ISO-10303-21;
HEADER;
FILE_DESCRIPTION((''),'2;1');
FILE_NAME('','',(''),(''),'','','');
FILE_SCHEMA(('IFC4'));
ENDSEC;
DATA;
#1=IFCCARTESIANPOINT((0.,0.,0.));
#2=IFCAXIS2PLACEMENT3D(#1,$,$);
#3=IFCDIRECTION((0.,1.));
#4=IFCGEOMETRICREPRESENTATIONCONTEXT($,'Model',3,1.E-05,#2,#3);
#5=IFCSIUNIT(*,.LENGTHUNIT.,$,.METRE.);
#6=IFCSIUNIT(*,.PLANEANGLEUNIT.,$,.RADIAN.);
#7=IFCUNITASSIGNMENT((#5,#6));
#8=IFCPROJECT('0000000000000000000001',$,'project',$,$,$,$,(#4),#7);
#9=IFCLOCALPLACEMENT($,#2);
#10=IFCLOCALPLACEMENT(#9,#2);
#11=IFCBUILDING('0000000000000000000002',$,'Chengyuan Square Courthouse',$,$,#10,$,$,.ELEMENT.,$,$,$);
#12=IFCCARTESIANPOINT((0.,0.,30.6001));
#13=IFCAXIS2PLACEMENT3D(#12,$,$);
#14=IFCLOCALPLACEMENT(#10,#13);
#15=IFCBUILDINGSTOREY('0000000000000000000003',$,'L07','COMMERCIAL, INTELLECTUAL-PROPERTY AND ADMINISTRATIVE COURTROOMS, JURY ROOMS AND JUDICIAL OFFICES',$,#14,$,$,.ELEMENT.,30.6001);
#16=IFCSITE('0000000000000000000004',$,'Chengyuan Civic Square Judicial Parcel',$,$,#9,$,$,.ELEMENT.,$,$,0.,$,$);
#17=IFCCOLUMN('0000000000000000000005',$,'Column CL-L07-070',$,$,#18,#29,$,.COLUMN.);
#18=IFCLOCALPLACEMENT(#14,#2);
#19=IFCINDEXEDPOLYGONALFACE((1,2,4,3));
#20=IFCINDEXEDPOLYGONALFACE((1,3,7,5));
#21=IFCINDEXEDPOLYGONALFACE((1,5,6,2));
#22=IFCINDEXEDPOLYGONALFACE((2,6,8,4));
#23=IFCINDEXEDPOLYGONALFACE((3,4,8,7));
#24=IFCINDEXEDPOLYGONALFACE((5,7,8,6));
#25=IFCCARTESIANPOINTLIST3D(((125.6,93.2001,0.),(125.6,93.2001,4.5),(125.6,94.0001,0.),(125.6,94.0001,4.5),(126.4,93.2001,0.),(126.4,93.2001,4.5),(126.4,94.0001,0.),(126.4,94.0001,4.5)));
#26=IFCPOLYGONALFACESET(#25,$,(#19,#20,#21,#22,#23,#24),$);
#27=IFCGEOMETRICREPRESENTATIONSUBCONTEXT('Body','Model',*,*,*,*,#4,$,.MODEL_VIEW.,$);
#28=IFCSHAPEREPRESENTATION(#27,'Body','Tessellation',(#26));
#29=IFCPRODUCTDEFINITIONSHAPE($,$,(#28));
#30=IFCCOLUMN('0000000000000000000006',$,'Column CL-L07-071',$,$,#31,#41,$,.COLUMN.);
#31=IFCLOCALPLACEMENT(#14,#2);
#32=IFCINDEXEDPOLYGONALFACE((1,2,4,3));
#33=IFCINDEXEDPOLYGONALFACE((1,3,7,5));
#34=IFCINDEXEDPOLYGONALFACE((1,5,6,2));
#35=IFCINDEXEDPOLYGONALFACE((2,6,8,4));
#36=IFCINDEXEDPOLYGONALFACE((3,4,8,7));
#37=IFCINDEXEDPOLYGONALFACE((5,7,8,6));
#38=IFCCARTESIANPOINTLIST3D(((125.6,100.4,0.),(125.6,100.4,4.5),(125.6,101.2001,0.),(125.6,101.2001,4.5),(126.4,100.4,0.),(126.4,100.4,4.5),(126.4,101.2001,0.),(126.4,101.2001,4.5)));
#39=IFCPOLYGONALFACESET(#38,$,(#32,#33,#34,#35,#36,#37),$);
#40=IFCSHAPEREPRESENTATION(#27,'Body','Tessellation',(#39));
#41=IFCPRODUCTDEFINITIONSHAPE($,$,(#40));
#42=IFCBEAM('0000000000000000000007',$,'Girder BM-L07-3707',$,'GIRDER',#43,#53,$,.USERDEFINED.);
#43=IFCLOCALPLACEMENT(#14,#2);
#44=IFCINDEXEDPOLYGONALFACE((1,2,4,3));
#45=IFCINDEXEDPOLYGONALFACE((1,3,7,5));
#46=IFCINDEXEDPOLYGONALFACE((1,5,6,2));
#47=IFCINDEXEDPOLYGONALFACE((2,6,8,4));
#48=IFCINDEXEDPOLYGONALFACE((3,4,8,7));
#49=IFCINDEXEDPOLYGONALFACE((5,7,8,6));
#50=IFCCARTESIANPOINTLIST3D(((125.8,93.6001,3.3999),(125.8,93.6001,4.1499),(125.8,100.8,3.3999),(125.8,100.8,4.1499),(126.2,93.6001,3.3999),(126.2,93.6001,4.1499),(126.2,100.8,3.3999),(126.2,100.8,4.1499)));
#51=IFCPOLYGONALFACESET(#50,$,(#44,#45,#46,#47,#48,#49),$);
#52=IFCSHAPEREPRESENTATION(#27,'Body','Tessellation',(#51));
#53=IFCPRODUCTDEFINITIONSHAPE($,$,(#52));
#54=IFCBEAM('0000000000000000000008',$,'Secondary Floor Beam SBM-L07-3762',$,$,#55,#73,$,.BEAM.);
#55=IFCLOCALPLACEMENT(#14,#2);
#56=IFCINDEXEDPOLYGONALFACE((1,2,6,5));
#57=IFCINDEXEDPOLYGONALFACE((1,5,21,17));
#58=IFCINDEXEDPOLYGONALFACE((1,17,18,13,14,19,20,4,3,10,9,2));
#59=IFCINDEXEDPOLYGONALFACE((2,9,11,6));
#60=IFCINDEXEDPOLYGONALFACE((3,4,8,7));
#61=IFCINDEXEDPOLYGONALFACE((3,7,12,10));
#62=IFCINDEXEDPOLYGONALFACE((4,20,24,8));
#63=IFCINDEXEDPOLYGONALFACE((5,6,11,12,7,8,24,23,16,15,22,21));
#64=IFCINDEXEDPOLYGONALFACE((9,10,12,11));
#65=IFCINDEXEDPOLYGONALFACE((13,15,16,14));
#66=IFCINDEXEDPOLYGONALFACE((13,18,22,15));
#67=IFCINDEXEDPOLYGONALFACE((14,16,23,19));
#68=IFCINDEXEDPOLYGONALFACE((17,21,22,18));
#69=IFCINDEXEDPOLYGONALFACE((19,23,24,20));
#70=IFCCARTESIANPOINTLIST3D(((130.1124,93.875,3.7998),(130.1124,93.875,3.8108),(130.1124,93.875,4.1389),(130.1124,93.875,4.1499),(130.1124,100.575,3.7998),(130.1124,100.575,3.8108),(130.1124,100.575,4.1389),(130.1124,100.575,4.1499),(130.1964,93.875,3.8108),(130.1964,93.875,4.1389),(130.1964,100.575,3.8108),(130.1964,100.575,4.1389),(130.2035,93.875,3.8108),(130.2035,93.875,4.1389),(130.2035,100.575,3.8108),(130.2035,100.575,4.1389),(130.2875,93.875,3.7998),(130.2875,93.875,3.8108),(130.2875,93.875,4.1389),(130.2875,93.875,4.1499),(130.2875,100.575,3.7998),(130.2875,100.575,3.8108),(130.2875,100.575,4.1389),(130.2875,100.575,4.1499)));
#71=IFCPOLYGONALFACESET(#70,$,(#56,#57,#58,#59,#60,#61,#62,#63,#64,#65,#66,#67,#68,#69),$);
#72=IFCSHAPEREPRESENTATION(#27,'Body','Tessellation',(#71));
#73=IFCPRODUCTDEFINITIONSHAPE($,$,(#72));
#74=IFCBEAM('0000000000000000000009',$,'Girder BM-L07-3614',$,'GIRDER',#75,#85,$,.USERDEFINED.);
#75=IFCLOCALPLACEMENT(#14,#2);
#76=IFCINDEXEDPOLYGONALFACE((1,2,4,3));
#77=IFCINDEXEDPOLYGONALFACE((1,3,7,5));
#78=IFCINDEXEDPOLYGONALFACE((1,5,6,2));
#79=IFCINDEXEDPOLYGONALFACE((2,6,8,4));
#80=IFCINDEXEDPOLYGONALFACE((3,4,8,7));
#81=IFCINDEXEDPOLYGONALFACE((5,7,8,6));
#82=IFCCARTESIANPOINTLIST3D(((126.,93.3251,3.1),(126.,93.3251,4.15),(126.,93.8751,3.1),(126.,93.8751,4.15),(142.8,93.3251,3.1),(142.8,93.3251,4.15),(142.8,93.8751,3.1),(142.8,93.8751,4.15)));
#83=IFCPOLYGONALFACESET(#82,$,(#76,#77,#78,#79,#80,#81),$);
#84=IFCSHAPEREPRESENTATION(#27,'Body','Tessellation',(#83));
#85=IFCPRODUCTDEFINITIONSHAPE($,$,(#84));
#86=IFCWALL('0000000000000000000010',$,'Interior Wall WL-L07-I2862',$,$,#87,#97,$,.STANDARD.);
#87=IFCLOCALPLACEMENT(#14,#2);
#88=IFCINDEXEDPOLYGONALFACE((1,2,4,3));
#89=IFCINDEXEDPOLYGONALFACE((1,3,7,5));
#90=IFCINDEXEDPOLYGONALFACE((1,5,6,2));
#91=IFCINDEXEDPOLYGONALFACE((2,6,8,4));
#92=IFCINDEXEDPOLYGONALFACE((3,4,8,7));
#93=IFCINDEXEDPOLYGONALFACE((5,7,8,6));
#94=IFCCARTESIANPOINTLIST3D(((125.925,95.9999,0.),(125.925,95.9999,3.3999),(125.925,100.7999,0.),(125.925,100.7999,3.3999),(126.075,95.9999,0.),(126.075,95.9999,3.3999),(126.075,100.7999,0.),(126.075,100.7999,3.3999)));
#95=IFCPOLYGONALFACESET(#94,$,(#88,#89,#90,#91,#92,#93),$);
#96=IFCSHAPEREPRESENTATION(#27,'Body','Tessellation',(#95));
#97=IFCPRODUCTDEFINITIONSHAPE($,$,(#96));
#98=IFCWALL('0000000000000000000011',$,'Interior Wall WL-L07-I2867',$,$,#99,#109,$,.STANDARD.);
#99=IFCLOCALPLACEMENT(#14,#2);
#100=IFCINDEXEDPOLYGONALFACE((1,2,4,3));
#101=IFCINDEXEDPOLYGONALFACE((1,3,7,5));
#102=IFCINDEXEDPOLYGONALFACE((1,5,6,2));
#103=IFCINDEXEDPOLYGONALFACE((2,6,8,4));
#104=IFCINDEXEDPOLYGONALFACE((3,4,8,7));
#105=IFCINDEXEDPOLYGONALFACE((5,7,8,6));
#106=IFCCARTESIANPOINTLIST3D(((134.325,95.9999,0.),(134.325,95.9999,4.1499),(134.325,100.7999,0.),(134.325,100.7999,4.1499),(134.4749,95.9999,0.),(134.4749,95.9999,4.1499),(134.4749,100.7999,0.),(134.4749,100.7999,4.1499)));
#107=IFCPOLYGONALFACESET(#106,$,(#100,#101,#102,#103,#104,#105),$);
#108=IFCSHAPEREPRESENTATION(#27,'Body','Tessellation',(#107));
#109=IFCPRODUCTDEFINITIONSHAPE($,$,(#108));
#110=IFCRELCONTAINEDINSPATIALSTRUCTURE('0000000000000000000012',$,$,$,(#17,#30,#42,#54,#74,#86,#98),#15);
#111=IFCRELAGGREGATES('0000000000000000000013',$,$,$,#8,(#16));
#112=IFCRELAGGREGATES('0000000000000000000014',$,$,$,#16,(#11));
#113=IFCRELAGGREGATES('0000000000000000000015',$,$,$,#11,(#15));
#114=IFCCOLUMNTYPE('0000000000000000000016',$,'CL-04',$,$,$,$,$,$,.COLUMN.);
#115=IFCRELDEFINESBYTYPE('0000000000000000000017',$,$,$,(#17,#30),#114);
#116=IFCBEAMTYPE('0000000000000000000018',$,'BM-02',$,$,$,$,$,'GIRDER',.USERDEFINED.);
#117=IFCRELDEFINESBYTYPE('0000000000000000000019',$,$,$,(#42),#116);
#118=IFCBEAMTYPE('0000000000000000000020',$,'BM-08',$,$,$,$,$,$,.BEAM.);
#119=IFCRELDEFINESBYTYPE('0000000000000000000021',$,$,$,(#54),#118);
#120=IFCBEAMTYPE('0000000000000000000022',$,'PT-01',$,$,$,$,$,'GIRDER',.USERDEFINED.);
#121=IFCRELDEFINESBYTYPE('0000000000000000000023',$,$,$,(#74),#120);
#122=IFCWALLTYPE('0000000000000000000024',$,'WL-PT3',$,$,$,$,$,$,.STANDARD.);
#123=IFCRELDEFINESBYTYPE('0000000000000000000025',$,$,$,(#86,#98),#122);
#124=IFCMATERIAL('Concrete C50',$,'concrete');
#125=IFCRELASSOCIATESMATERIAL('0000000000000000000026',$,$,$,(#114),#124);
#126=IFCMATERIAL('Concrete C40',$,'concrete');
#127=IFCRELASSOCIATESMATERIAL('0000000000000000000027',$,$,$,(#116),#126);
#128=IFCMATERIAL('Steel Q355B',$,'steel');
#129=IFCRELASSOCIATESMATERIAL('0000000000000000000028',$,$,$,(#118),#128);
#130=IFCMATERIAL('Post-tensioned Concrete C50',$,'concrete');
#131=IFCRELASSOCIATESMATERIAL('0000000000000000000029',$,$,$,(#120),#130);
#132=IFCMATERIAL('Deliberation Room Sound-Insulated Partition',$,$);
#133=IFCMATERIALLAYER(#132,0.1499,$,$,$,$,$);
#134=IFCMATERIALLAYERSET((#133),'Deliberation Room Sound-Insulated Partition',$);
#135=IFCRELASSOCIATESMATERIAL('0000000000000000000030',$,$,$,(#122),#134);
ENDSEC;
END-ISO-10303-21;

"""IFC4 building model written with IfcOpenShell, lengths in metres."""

from ifc_helpers import new_model, si_unit, direction, frame, frame_2d, origin, origin_2d, place, context, subcontext, project, spatial, rectangle, i_section, extrude, material, layer, layer_set, material_profile, profile_set, type_object, element, save


model = new_model("IFC4")

# Units and contexts
model_context = context("Model", 3, precision=1e-05, world=origin(), true_north=direction((0.0, 1.0)))
body_context = subcontext(model_context, "Body", "Model", "MODEL_VIEW")
ifc_project = project(units=[si_unit("LENGTHUNIT", "METRE"), si_unit("PLANEANGLEUNIT", "RADIAN")], contexts=[model_context])

# Site, building, storey
site_placement = place(None, origin())
site = spatial("IfcSite", under=ifc_project, at=site_placement, Name="Chengyuan Civic Square Judicial Parcel", CompositionType="ELEMENT", RefElevation=0.0)
building_placement = place(site_placement, origin())
building = spatial("IfcBuilding", under=site, at=building_placement, Name="Chengyuan Square Courthouse", CompositionType="ELEMENT")
storey_placement = place(building_placement, frame((0.0, 0.0, 30.6001)))
storey = spatial("IfcBuildingStorey", under=building, at=storey_placement, Name="L07", Description="COMMERCIAL, INTELLECTUAL-PROPERTY AND ADMINISTRATIVE COURTROOMS, JURY ROOMS AND JUDICIAL OFFICES", CompositionType="ELEMENT", Elevation=30.6001)

# Columns
ifc_material_1 = material(Name="Concrete C50", Category="concrete")
ifc_material_profile_1 = material_profile(ifc_material_1, rectangle(XDim=0.8, YDim=0.8, at=origin_2d()), Name="RC-COL-800x800")
ifc_profile_set_1 = profile_set([ifc_material_profile_1], Name="Concrete C50")
column_type = type_object("IfcColumnType", Name="CL-04", PredefinedType="COLUMN", material=ifc_profile_set_1)
for number, where, z_axis, x_axis, name in (
    (1, (126.0, 93.6001, 0.0), (0.0, 0.0, 1.0), (1.0, 0.0, 0.0), "Column CL-L07-070"),
    (2, (126.0, 100.8, 0.0), (0.0, 0.0, 1.0), (1.0, 0.0, 0.0), "Column CL-L07-071"),
):
    element("IfcColumn", number, at=place(storey_placement, frame(where, z_axis=z_axis, x_axis=x_axis)), inside=storey, type_object=column_type, Name=name, PredefinedType="COLUMN", context=body_context, shape_type="SweptSolid", body=[
        extrude(rectangle(XDim=0.8, YDim=0.8, at=origin_2d()), origin(), (0.0, 0.0, 1.0), 4.5),
    ])

# Beams
ifc_material_2 = material(Name="Concrete C40", Category="concrete")
ifc_material_profile_2 = material_profile(ifc_material_2, rectangle(XDim=0.3999, YDim=0.75, at=origin_2d()), Name="RC-BM-400x750")
ifc_profile_set_2 = profile_set([ifc_material_profile_2], Name="Concrete C40")
beam_type_1 = type_object("IfcBeamType", Name="BM-02", ElementType="GIRDER", PredefinedType="USERDEFINED", material=ifc_profile_set_2)
beam_1_placement = place(storey_placement, frame((126.0, 93.6001, 3.7749), z_axis=(0.0, 1.0, 0.0), x_axis=(-1.0, 0.0, 0.0)))
element("IfcBeam", 3, at=beam_1_placement, inside=storey, type_object=beam_type_1, Name="Girder BM-L07-3707", ObjectType="GIRDER", PredefinedType="USERDEFINED", context=body_context, shape_type="SweptSolid", body=[
    extrude(rectangle(XDim=0.3999, YDim=0.75, at=origin_2d()), origin(), (0.0, 0.0, 1.0), 7.2),
])
ifc_material_3 = material(Name="Steel Q355B", Category="steel")
ifc_material_profile_3 = material_profile(ifc_material_3, i_section(OverallWidth=0.175, OverallDepth=0.3501, WebThickness=0.0071, FlangeThickness=0.011, at=origin_2d()), Name="HN 350x175x7x11")
ifc_profile_set_3 = profile_set([ifc_material_profile_3], Name="Steel Q355B")
beam_type_2 = type_object("IfcBeamType", Name="BM-08", PredefinedType="BEAM", material=ifc_profile_set_3)
beam_2_placement = place(storey_placement, frame((130.2, 93.875, 3.9749), z_axis=(0.0, 1.0, 0.0), x_axis=(-1.0, 0.0, 0.0)))
element("IfcBeam", 4, at=beam_2_placement, inside=storey, type_object=beam_type_2, Name="Secondary Floor Beam SBM-L07-3762", PredefinedType="BEAM", context=body_context, shape_type="SweptSolid", body=[
    extrude(i_section(OverallWidth=0.175, OverallDepth=0.3501, WebThickness=0.0071, FlangeThickness=0.011, at=origin_2d()), origin(), (0.0, 0.0, 1.0), 6.7),
])
ifc_material_4 = material(Name="Post-tensioned Concrete C50", Category="concrete")
ifc_material_profile_4 = material_profile(ifc_material_4, rectangle(XDim=0.55, YDim=1.05, at=origin_2d()), Name="PT-BM-550x1050")
ifc_profile_set_4 = profile_set([ifc_material_profile_4], Name="Post-tensioned Concrete C50")
beam_type_3 = type_object("IfcBeamType", Name="PT-01", ElementType="GIRDER", PredefinedType="USERDEFINED", material=ifc_profile_set_4)
beam_3_placement = place(storey_placement, frame((126.0, 93.6001, 3.625), z_axis=(1.0, 0.0, 0.0), x_axis=(0.0, 1.0, 0.0)))
element("IfcBeam", 5, at=beam_3_placement, inside=storey, type_object=beam_type_3, Name="Girder BM-L07-3614", ObjectType="GIRDER", PredefinedType="USERDEFINED", context=body_context, shape_type="SweptSolid", body=[
    extrude(rectangle(XDim=0.55, YDim=1.05, at=origin_2d()), origin(), (0.0, 0.0, 1.0), 16.8),
])

# Walls
ifc_material_5 = material(Name="Deliberation Room Sound-Insulated Partition")
ifc_layer_1 = layer(ifc_material_5, 0.1499)
ifc_layer_set_1 = layer_set([ifc_layer_1], Name="Deliberation Room Sound-Insulated Partition")
wall_type_1 = type_object("IfcWallType", Name="WL-PT3", PredefinedType="STANDARD", material=ifc_layer_set_1)
wall_1_placement = place(storey_placement, frame((126.0, 96.0, 0.0), z_axis=(0.0, 0.0, 1.0), x_axis=(0.0, 1.0, 0.0)))
element("IfcWall", 6, at=wall_1_placement, inside=storey, type_object=wall_type_1, Name="Interior Wall WL-L07-I2862", PredefinedType="STANDARD", context=body_context, shape_type="SweptSolid", body=[
    extrude(rectangle(XDim=4.8, YDim=0.1499, at=frame_2d((2.3999, 0.0))), origin(), (0.0, 0.0, 1.0), 3.3999),
])
wall_2_placement = place(storey_placement, frame((134.3999, 96.0, 0.0), z_axis=(0.0, 0.0, 1.0), x_axis=(0.0, 1.0, 0.0)))
element("IfcWall", 7, at=wall_2_placement, inside=storey, type_object=wall_type_1, Name="Interior Wall WL-L07-I2867", PredefinedType="STANDARD", context=body_context, shape_type="SweptSolid", body=[
    extrude(rectangle(XDim=4.8, YDim=0.1499, at=frame_2d((2.3999, 0.0))), origin(), (0.0, 0.0, 1.0), 4.1499),
])

save(model, "model.ifc")
